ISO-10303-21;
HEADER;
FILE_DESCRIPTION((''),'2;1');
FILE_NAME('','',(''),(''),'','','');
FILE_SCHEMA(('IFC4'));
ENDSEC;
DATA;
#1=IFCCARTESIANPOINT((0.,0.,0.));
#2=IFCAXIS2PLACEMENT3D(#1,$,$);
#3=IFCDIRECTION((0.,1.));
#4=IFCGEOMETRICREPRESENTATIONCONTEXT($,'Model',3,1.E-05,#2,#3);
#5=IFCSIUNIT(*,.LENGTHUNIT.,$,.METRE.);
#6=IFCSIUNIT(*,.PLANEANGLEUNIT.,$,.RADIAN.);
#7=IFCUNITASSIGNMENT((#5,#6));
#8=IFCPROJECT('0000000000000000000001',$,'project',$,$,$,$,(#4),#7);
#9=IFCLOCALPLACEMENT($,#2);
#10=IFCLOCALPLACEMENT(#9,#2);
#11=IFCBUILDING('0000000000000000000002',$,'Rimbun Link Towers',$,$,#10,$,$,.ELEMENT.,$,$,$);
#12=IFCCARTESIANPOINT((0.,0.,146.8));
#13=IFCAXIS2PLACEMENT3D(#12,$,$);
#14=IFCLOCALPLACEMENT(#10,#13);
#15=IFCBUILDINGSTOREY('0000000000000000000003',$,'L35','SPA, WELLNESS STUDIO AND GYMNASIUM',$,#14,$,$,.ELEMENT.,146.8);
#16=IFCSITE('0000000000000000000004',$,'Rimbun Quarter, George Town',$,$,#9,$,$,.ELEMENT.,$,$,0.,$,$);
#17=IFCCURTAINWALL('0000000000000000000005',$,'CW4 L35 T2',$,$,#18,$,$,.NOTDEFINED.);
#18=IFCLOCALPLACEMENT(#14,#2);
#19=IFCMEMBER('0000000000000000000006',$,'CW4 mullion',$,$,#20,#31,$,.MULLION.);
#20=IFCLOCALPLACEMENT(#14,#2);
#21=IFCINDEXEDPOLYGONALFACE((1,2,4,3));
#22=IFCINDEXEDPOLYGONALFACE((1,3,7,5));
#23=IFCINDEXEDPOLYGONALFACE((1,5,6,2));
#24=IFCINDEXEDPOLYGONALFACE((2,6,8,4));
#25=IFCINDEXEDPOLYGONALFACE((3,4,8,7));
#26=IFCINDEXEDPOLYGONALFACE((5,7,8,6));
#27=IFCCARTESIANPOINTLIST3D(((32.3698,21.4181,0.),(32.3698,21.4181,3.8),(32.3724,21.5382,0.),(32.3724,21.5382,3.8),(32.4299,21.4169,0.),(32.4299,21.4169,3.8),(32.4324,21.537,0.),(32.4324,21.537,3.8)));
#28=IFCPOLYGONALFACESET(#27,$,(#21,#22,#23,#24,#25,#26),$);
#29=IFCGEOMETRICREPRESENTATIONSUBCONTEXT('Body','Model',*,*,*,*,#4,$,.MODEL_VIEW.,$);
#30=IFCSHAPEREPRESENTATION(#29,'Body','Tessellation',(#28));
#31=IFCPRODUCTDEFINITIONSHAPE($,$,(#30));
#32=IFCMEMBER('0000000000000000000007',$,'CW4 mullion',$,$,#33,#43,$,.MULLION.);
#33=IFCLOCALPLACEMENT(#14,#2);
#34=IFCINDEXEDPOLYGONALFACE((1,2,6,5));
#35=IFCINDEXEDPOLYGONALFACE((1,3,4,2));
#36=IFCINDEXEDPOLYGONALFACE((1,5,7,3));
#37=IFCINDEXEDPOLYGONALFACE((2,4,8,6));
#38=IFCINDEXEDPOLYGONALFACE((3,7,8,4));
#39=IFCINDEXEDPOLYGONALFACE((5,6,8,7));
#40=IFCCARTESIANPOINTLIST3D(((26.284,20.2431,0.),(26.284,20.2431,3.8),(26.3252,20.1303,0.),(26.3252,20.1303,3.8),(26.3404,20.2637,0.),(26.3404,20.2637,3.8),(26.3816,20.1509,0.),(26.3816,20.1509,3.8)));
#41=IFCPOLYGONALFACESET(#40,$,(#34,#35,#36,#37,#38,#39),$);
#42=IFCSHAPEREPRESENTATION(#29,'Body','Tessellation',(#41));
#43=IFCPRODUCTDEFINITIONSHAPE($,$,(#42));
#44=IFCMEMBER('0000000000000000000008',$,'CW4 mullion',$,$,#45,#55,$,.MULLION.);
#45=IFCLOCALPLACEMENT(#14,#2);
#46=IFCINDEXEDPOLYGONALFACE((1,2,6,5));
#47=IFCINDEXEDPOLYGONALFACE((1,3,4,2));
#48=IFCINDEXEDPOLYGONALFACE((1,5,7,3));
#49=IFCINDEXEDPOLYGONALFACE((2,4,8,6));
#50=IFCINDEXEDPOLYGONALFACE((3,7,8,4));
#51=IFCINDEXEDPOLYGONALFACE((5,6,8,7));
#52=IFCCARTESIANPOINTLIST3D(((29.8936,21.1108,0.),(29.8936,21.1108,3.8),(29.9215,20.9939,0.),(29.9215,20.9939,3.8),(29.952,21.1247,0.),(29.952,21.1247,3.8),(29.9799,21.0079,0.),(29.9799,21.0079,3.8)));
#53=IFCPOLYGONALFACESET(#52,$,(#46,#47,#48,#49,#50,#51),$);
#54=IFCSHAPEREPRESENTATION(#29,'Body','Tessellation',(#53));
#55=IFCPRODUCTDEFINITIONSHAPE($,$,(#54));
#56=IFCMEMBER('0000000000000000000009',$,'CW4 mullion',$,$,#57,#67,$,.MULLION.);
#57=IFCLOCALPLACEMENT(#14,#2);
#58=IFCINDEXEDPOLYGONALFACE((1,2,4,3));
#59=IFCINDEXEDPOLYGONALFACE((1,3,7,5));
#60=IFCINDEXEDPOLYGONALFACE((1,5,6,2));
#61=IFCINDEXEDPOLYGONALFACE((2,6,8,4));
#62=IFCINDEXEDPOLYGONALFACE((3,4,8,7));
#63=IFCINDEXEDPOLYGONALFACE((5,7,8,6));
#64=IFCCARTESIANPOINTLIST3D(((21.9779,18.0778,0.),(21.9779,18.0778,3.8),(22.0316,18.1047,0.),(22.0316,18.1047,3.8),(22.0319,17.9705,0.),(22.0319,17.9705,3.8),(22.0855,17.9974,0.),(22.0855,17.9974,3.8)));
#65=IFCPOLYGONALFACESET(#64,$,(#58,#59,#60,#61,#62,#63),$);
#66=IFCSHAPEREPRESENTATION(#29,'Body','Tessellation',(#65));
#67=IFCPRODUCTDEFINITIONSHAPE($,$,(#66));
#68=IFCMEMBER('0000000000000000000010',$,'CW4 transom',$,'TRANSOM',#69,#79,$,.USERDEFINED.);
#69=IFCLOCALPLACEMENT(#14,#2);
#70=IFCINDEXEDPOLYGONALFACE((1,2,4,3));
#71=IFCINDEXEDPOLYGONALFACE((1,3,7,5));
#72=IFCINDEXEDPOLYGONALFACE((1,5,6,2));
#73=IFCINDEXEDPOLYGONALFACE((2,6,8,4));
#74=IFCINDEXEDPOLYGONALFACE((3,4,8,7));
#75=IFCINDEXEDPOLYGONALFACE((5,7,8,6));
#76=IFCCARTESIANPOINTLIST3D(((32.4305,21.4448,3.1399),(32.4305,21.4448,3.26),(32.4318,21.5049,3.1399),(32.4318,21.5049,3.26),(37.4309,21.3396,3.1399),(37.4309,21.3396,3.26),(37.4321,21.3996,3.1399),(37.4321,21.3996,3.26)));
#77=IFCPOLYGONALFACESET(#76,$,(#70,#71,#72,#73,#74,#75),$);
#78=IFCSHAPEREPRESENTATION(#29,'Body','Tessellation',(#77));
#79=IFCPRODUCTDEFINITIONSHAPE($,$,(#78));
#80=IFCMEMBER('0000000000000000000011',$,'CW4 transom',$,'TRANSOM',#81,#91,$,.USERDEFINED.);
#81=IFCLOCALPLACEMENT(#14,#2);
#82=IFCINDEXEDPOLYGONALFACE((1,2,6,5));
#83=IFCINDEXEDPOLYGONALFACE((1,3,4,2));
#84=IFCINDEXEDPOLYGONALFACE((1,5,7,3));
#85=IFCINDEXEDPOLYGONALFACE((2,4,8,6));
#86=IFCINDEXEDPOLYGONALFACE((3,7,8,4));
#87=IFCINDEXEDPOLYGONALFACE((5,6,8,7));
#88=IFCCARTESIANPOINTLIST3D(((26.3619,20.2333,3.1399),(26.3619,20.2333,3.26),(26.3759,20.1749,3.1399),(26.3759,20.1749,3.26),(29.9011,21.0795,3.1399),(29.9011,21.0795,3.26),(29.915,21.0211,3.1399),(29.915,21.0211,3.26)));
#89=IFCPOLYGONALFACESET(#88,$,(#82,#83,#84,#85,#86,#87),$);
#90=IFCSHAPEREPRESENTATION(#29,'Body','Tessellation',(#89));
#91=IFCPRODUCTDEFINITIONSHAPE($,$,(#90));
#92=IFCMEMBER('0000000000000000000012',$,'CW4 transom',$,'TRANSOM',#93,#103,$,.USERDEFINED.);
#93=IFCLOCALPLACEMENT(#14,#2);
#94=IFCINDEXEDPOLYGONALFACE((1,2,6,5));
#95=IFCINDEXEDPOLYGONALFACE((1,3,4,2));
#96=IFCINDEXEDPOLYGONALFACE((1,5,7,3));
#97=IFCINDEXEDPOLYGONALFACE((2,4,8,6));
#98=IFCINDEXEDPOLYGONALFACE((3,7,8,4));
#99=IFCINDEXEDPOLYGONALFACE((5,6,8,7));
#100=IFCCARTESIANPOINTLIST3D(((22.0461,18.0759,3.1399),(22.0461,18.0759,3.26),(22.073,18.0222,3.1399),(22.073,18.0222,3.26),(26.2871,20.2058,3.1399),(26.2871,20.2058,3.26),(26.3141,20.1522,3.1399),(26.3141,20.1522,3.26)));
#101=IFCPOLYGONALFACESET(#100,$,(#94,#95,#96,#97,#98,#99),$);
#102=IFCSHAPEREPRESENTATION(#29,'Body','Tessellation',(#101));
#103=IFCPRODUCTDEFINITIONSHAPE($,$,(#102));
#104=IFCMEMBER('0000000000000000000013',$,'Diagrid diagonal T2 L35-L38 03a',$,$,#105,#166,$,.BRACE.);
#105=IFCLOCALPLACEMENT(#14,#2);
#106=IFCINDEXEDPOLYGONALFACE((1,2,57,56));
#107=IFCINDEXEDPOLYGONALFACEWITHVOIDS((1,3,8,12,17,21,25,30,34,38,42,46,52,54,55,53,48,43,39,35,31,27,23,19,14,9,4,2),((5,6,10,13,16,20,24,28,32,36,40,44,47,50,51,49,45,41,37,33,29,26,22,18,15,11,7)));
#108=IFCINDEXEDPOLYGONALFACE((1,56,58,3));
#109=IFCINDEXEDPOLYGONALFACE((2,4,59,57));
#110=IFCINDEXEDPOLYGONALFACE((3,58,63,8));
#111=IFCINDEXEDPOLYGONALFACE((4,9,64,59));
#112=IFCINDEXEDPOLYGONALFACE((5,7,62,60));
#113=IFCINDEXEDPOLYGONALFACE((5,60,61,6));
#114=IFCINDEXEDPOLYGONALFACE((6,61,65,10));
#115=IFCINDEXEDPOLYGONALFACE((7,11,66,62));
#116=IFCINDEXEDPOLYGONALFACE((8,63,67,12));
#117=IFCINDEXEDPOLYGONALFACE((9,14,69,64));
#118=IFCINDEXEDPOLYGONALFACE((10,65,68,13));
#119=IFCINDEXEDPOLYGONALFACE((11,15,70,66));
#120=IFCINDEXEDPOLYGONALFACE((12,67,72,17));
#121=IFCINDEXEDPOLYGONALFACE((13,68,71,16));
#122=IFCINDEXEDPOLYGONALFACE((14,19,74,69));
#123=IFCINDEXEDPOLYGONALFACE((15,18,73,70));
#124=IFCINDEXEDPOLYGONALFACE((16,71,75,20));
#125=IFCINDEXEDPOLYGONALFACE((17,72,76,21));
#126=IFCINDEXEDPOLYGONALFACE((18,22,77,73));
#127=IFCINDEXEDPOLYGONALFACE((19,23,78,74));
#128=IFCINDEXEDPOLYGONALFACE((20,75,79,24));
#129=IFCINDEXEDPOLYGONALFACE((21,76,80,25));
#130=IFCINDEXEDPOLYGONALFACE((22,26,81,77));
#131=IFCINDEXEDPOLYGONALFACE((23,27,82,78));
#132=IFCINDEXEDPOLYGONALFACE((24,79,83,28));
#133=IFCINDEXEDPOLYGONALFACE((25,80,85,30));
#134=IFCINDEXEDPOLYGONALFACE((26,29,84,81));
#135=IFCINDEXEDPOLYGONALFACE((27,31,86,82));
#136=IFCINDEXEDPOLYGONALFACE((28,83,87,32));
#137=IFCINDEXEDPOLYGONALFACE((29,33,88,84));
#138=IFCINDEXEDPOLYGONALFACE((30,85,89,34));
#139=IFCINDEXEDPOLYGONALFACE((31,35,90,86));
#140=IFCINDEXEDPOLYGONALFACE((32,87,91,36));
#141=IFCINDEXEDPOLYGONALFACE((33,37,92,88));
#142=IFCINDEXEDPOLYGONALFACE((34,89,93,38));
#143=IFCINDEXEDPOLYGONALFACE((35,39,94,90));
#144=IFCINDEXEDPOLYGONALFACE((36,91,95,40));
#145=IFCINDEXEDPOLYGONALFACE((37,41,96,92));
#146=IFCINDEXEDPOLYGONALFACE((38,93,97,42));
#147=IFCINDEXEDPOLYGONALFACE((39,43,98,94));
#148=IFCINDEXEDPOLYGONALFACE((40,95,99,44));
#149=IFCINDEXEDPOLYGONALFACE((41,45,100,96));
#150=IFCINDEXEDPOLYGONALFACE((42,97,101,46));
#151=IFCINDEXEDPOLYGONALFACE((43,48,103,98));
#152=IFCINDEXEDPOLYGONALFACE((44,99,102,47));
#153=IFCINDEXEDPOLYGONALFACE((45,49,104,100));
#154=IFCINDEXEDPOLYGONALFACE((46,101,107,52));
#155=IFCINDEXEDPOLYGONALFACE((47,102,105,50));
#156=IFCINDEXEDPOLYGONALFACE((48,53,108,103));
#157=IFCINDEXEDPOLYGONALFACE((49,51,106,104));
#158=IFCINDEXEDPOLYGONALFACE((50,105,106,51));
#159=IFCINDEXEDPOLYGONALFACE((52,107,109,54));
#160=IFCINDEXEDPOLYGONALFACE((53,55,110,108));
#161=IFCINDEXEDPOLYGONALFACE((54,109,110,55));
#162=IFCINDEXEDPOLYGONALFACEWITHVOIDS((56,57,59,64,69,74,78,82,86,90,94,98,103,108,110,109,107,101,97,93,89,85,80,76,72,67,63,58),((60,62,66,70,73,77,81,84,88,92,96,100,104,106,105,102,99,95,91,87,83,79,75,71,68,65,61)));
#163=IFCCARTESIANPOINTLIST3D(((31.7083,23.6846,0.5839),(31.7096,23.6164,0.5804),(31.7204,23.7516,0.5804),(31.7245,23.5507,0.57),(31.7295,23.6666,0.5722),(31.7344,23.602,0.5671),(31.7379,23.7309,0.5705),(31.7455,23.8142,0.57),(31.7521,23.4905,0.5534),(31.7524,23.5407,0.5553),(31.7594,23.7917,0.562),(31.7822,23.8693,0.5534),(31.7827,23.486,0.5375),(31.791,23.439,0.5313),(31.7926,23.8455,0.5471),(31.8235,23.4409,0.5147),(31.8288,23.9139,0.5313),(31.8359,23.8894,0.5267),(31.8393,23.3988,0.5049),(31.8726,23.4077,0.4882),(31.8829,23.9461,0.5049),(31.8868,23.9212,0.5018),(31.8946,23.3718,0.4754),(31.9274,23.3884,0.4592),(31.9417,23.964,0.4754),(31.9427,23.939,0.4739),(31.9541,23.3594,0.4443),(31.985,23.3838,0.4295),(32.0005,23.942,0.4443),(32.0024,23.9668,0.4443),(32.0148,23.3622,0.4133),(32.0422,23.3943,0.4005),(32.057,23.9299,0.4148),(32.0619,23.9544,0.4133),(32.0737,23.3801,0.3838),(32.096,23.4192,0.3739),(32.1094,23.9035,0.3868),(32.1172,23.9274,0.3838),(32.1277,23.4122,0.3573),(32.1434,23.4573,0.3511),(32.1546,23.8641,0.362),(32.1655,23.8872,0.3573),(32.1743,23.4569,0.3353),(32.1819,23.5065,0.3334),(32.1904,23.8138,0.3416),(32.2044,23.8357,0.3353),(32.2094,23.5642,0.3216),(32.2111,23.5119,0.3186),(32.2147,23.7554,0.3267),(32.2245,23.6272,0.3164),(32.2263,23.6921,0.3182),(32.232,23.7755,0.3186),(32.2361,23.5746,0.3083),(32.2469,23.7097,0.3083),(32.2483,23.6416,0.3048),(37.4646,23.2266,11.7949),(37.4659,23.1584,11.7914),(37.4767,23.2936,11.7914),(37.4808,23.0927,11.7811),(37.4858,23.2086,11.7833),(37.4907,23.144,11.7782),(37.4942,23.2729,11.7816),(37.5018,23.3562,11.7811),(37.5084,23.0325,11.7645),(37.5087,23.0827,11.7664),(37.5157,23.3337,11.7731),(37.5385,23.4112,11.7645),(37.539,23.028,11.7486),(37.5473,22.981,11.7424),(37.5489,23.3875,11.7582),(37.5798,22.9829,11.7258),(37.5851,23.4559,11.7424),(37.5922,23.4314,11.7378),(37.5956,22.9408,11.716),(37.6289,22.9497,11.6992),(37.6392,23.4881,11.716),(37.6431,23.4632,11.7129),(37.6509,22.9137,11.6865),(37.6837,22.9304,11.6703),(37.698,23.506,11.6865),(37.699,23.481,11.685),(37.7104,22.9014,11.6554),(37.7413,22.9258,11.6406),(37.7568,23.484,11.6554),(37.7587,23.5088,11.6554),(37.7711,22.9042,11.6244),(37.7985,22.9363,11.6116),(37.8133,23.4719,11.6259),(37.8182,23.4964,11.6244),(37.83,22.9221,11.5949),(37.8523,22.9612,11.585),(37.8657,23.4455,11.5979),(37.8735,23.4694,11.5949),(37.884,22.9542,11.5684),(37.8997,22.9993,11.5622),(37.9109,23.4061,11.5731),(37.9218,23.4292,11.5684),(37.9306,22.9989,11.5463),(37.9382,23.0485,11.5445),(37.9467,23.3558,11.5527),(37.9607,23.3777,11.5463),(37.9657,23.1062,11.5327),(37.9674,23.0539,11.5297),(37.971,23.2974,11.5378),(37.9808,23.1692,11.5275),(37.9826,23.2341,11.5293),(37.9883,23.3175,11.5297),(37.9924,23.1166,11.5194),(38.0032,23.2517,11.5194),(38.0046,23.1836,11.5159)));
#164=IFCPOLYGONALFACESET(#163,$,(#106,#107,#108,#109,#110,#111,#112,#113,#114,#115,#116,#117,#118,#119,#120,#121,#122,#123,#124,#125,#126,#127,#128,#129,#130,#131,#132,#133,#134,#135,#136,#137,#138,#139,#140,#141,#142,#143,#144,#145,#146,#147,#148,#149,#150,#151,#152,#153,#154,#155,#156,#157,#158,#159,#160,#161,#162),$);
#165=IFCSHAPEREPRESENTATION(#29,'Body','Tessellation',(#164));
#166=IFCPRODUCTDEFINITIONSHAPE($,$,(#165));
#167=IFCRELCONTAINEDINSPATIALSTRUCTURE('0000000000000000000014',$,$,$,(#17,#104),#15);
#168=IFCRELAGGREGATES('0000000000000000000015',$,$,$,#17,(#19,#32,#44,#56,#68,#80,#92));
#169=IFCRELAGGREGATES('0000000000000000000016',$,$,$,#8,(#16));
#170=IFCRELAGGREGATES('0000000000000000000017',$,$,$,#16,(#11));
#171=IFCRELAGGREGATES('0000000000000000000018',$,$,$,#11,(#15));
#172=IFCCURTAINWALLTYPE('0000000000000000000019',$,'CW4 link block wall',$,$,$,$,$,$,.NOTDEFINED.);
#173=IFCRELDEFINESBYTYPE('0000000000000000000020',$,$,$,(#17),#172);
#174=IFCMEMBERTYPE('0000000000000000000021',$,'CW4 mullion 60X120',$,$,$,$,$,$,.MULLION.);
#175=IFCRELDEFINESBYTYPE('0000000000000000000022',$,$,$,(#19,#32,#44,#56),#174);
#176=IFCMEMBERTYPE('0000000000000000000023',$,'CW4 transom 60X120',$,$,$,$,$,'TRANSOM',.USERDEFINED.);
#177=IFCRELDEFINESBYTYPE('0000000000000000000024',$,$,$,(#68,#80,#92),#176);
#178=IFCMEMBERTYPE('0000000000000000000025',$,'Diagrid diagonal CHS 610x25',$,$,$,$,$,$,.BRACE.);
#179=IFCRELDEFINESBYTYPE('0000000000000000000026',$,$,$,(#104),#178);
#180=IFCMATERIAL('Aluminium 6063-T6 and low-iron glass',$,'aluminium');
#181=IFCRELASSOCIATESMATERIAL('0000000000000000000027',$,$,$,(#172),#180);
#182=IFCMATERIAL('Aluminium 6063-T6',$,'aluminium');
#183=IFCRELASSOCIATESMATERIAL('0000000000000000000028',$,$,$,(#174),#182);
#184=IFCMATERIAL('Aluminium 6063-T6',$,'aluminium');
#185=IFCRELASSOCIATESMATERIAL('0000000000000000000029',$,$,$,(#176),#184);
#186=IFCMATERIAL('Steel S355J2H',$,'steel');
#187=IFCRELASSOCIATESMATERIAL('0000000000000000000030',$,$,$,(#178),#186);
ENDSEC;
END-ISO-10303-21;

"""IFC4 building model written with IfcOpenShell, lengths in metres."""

from ifc_helpers import new_model, si_unit, direction, frame, origin, origin_2d, place, context, subcontext, project, spatial, rectangle, hollow_circle, extrude, material, material_profile, profile_set, type_object, element, aggregate, save


model = new_model("IFC4")

# Units and contexts
model_context = context("Model", 3, precision=1e-05, world=origin(), true_north=direction((0.0, 1.0)))
body_context = subcontext(model_context, "Body", "Model", "MODEL_VIEW")
ifc_project = project(units=[si_unit("LENGTHUNIT", "METRE"), si_unit("PLANEANGLEUNIT", "RADIAN")], contexts=[model_context])

# Site, building, storey
site_placement = place(None, origin())
site = spatial("IfcSite", under=ifc_project, at=site_placement, Name="Rimbun Quarter, George Town", CompositionType="ELEMENT", RefElevation=0.0)
building_placement = place(site_placement, origin())
building = spatial("IfcBuilding", under=site, at=building_placement, Name="Rimbun Link Towers", CompositionType="ELEMENT")
storey_placement = place(building_placement, frame((0.0, 0.0, 146.8)))
storey = spatial("IfcBuildingStorey", under=building, at=storey_placement, Name="L35", Description="SPA, WELLNESS STUDIO AND GYMNASIUM", CompositionType="ELEMENT", Elevation=146.8)

# Curtain wall, members
ifc_material_1 = material(Name="Aluminium 6063-T6 and low-iron glass", Category="aluminium")
curtain_wall_type = type_object("IfcCurtainWallType", Name="CW4 link block wall", PredefinedType="NOTDEFINED", material=ifc_material_1)
curtain_wall_placement = place(storey_placement, origin())
curtain_wall = element("IfcCurtainWall", 1, at=curtain_wall_placement, inside=storey, type_object=curtain_wall_type, Name="CW4 L35 T2", PredefinedType="NOTDEFINED")
ifc_material_2 = material(Name="Aluminium 6063-T6", Category="aluminium")
ifc_material_profile_1 = material_profile(ifc_material_2, rectangle(XDim=0.1201, YDim=0.0601, at=origin_2d()), Name="MULLION 60X120")
ifc_profile_set_1 = profile_set([ifc_material_profile_1], Name="Aluminium 6063-T6")
member_type_1 = type_object("IfcMemberType", Name="CW4 mullion 60X120", PredefinedType="MULLION", material=ifc_profile_set_1)
member_1_placement = place(storey_placement, frame((32.4011, 21.4775, 0.0), z_axis=(0.0, 0.0, 1.0), x_axis=(0.021063, 0.999778, 0.0)))
member_1 = element("IfcMember", 2, at=member_1_placement, type_object=member_type_1, Name="CW4 mullion", PredefinedType="MULLION", context=body_context, shape_type="SweptSolid", body=[
    extrude(rectangle(XDim=0.1201, YDim=0.0601, at=origin_2d()), origin(), (0.0, 0.0, 1.0), 3.8),
])
member_2_placement = place(storey_placement, frame((26.3328, 20.197, 0.0), z_axis=(0.0, 0.0, 1.0), x_axis=(-0.342963, 0.939349, 0.0)))
member_2 = element("IfcMember", 3, at=member_2_placement, type_object=member_type_1, Name="CW4 mullion", PredefinedType="MULLION", context=body_context, shape_type="SweptSolid", body=[
    extrude(rectangle(XDim=0.1201, YDim=0.0601, at=origin_2d()), origin(), (0.0, 0.0, 1.0), 3.8),
])
member_3_placement = place(storey_placement, frame((29.9368, 21.0593, 0.0), z_axis=(0.0, 0.0, 1.0), x_axis=(-0.232588, 0.972575, 0.0)))
member_3 = element("IfcMember", 4, at=member_3_placement, type_object=member_type_1, Name="CW4 mullion", PredefinedType="MULLION", context=body_context, shape_type="SweptSolid", body=[
    extrude(rectangle(XDim=0.1201, YDim=0.0601, at=origin_2d()), origin(), (0.0, 0.0, 1.0), 3.8),
])
member_4_placement = place(storey_placement, frame((22.0317, 18.0376, 0.0), z_axis=(0.0, 0.0, 1.0), x_axis=(-0.448782, 0.893641, 0.0)))
member_4 = element("IfcMember", 5, at=member_4_placement, type_object=member_type_1, Name="CW4 mullion", PredefinedType="MULLION", context=body_context, shape_type="SweptSolid", body=[
    extrude(rectangle(XDim=0.1201, YDim=0.0601, at=origin_2d()), origin(), (0.0, 0.0, 1.0), 3.8),
])
ifc_material_3 = material(Name="Aluminium 6063-T6", Category="aluminium")
ifc_material_profile_2 = material_profile(ifc_material_3, rectangle(XDim=0.0601, YDim=0.1201, at=origin_2d()), Name="TRANSOM 60X120")
ifc_profile_set_2 = profile_set([ifc_material_profile_2], Name="Aluminium 6063-T6")
member_type_2 = type_object("IfcMemberType", Name="CW4 transom 60X120", ElementType="TRANSOM", PredefinedType="USERDEFINED", material=ifc_profile_set_2)
member_5_placement = place(storey_placement, frame((32.4312, 21.4749, 3.2), z_axis=(0.999779, -0.021039, 0.0), x_axis=(0.021039, 0.999779, 0.0)))
member_5 = element("IfcMember", 6, at=member_5_placement, type_object=member_type_2, Name="CW4 transom", ObjectType="TRANSOM", PredefinedType="USERDEFINED", context=body_context, shape_type="SweptSolid", body=[
    extrude(rectangle(XDim=0.0601, YDim=0.1201, at=origin_2d()), origin(), (0.0, 0.0, 1.0), 5.0015),
])
member_6_placement = place(storey_placement, frame((26.3689, 20.2041, 3.2), z_axis=(0.972585, 0.232546, 0.0), x_axis=(-0.232546, 0.972585, 0.0)))
member_6 = element("IfcMember", 7, at=member_6_placement, type_object=member_type_2, Name="CW4 transom", ObjectType="TRANSOM", PredefinedType="USERDEFINED", context=body_context, shape_type="SweptSolid", body=[
    extrude(rectangle(XDim=0.0601, YDim=0.1201, at=origin_2d()), origin(), (0.0, 0.0, 1.0), 3.6389),
])
member_7_placement = place(storey_placement, frame((22.0596, 18.0491, 3.2), z_axis=(0.893634, 0.448797, 0.0), x_axis=(-0.448797, 0.893634, 0.0)))
member_7 = element("IfcMember", 8, at=member_7_placement, type_object=member_type_2, Name="CW4 transom", ObjectType="TRANSOM", PredefinedType="USERDEFINED", context=body_context, shape_type="SweptSolid", body=[
    extrude(rectangle(XDim=0.0601, YDim=0.1201, at=origin_2d()), origin(), (0.0, 0.0, 1.0), 4.7458),
])

# Member
ifc_material_4 = material(Name="Steel S355J2H", Category="steel")
ifc_material_profile_3 = material_profile(ifc_material_4, hollow_circle(Radius=0.3047, WallThickness=0.0249, at=origin_2d()), Name="Diagrid diagonal CHS 610x25")
ifc_profile_set_3 = profile_set([ifc_material_profile_3], Name="Steel S355J2H")
member_type_3 = type_object("IfcMemberType", Name="Diagrid diagonal CHS 610x25", PredefinedType="BRACE", material=ifc_profile_set_3)
member_8_placement = place(storey_placement, frame((31.9783, 23.6631, 0.4443), z_axis=(0.456457, -0.036318, 0.889004), x_axis=(0.079315, 0.99685, 0.0)))
element("IfcMember", 9, at=member_8_placement, inside=storey, type_object=member_type_3, Name="Diagrid diagonal T2 L35-L38 03a", PredefinedType="BRACE", context=body_context, shape_type="SweptSolid", body=[
    extrude(hollow_circle(Radius=0.3047, WallThickness=0.0249, at=origin_2d()), origin(), (0.0, 0.0, 1.0), 12.6108),
])

aggregate(curtain_wall, [member_1, member_2, member_3, member_4, member_5, member_6, member_7])

save(model, "model.ifc")
